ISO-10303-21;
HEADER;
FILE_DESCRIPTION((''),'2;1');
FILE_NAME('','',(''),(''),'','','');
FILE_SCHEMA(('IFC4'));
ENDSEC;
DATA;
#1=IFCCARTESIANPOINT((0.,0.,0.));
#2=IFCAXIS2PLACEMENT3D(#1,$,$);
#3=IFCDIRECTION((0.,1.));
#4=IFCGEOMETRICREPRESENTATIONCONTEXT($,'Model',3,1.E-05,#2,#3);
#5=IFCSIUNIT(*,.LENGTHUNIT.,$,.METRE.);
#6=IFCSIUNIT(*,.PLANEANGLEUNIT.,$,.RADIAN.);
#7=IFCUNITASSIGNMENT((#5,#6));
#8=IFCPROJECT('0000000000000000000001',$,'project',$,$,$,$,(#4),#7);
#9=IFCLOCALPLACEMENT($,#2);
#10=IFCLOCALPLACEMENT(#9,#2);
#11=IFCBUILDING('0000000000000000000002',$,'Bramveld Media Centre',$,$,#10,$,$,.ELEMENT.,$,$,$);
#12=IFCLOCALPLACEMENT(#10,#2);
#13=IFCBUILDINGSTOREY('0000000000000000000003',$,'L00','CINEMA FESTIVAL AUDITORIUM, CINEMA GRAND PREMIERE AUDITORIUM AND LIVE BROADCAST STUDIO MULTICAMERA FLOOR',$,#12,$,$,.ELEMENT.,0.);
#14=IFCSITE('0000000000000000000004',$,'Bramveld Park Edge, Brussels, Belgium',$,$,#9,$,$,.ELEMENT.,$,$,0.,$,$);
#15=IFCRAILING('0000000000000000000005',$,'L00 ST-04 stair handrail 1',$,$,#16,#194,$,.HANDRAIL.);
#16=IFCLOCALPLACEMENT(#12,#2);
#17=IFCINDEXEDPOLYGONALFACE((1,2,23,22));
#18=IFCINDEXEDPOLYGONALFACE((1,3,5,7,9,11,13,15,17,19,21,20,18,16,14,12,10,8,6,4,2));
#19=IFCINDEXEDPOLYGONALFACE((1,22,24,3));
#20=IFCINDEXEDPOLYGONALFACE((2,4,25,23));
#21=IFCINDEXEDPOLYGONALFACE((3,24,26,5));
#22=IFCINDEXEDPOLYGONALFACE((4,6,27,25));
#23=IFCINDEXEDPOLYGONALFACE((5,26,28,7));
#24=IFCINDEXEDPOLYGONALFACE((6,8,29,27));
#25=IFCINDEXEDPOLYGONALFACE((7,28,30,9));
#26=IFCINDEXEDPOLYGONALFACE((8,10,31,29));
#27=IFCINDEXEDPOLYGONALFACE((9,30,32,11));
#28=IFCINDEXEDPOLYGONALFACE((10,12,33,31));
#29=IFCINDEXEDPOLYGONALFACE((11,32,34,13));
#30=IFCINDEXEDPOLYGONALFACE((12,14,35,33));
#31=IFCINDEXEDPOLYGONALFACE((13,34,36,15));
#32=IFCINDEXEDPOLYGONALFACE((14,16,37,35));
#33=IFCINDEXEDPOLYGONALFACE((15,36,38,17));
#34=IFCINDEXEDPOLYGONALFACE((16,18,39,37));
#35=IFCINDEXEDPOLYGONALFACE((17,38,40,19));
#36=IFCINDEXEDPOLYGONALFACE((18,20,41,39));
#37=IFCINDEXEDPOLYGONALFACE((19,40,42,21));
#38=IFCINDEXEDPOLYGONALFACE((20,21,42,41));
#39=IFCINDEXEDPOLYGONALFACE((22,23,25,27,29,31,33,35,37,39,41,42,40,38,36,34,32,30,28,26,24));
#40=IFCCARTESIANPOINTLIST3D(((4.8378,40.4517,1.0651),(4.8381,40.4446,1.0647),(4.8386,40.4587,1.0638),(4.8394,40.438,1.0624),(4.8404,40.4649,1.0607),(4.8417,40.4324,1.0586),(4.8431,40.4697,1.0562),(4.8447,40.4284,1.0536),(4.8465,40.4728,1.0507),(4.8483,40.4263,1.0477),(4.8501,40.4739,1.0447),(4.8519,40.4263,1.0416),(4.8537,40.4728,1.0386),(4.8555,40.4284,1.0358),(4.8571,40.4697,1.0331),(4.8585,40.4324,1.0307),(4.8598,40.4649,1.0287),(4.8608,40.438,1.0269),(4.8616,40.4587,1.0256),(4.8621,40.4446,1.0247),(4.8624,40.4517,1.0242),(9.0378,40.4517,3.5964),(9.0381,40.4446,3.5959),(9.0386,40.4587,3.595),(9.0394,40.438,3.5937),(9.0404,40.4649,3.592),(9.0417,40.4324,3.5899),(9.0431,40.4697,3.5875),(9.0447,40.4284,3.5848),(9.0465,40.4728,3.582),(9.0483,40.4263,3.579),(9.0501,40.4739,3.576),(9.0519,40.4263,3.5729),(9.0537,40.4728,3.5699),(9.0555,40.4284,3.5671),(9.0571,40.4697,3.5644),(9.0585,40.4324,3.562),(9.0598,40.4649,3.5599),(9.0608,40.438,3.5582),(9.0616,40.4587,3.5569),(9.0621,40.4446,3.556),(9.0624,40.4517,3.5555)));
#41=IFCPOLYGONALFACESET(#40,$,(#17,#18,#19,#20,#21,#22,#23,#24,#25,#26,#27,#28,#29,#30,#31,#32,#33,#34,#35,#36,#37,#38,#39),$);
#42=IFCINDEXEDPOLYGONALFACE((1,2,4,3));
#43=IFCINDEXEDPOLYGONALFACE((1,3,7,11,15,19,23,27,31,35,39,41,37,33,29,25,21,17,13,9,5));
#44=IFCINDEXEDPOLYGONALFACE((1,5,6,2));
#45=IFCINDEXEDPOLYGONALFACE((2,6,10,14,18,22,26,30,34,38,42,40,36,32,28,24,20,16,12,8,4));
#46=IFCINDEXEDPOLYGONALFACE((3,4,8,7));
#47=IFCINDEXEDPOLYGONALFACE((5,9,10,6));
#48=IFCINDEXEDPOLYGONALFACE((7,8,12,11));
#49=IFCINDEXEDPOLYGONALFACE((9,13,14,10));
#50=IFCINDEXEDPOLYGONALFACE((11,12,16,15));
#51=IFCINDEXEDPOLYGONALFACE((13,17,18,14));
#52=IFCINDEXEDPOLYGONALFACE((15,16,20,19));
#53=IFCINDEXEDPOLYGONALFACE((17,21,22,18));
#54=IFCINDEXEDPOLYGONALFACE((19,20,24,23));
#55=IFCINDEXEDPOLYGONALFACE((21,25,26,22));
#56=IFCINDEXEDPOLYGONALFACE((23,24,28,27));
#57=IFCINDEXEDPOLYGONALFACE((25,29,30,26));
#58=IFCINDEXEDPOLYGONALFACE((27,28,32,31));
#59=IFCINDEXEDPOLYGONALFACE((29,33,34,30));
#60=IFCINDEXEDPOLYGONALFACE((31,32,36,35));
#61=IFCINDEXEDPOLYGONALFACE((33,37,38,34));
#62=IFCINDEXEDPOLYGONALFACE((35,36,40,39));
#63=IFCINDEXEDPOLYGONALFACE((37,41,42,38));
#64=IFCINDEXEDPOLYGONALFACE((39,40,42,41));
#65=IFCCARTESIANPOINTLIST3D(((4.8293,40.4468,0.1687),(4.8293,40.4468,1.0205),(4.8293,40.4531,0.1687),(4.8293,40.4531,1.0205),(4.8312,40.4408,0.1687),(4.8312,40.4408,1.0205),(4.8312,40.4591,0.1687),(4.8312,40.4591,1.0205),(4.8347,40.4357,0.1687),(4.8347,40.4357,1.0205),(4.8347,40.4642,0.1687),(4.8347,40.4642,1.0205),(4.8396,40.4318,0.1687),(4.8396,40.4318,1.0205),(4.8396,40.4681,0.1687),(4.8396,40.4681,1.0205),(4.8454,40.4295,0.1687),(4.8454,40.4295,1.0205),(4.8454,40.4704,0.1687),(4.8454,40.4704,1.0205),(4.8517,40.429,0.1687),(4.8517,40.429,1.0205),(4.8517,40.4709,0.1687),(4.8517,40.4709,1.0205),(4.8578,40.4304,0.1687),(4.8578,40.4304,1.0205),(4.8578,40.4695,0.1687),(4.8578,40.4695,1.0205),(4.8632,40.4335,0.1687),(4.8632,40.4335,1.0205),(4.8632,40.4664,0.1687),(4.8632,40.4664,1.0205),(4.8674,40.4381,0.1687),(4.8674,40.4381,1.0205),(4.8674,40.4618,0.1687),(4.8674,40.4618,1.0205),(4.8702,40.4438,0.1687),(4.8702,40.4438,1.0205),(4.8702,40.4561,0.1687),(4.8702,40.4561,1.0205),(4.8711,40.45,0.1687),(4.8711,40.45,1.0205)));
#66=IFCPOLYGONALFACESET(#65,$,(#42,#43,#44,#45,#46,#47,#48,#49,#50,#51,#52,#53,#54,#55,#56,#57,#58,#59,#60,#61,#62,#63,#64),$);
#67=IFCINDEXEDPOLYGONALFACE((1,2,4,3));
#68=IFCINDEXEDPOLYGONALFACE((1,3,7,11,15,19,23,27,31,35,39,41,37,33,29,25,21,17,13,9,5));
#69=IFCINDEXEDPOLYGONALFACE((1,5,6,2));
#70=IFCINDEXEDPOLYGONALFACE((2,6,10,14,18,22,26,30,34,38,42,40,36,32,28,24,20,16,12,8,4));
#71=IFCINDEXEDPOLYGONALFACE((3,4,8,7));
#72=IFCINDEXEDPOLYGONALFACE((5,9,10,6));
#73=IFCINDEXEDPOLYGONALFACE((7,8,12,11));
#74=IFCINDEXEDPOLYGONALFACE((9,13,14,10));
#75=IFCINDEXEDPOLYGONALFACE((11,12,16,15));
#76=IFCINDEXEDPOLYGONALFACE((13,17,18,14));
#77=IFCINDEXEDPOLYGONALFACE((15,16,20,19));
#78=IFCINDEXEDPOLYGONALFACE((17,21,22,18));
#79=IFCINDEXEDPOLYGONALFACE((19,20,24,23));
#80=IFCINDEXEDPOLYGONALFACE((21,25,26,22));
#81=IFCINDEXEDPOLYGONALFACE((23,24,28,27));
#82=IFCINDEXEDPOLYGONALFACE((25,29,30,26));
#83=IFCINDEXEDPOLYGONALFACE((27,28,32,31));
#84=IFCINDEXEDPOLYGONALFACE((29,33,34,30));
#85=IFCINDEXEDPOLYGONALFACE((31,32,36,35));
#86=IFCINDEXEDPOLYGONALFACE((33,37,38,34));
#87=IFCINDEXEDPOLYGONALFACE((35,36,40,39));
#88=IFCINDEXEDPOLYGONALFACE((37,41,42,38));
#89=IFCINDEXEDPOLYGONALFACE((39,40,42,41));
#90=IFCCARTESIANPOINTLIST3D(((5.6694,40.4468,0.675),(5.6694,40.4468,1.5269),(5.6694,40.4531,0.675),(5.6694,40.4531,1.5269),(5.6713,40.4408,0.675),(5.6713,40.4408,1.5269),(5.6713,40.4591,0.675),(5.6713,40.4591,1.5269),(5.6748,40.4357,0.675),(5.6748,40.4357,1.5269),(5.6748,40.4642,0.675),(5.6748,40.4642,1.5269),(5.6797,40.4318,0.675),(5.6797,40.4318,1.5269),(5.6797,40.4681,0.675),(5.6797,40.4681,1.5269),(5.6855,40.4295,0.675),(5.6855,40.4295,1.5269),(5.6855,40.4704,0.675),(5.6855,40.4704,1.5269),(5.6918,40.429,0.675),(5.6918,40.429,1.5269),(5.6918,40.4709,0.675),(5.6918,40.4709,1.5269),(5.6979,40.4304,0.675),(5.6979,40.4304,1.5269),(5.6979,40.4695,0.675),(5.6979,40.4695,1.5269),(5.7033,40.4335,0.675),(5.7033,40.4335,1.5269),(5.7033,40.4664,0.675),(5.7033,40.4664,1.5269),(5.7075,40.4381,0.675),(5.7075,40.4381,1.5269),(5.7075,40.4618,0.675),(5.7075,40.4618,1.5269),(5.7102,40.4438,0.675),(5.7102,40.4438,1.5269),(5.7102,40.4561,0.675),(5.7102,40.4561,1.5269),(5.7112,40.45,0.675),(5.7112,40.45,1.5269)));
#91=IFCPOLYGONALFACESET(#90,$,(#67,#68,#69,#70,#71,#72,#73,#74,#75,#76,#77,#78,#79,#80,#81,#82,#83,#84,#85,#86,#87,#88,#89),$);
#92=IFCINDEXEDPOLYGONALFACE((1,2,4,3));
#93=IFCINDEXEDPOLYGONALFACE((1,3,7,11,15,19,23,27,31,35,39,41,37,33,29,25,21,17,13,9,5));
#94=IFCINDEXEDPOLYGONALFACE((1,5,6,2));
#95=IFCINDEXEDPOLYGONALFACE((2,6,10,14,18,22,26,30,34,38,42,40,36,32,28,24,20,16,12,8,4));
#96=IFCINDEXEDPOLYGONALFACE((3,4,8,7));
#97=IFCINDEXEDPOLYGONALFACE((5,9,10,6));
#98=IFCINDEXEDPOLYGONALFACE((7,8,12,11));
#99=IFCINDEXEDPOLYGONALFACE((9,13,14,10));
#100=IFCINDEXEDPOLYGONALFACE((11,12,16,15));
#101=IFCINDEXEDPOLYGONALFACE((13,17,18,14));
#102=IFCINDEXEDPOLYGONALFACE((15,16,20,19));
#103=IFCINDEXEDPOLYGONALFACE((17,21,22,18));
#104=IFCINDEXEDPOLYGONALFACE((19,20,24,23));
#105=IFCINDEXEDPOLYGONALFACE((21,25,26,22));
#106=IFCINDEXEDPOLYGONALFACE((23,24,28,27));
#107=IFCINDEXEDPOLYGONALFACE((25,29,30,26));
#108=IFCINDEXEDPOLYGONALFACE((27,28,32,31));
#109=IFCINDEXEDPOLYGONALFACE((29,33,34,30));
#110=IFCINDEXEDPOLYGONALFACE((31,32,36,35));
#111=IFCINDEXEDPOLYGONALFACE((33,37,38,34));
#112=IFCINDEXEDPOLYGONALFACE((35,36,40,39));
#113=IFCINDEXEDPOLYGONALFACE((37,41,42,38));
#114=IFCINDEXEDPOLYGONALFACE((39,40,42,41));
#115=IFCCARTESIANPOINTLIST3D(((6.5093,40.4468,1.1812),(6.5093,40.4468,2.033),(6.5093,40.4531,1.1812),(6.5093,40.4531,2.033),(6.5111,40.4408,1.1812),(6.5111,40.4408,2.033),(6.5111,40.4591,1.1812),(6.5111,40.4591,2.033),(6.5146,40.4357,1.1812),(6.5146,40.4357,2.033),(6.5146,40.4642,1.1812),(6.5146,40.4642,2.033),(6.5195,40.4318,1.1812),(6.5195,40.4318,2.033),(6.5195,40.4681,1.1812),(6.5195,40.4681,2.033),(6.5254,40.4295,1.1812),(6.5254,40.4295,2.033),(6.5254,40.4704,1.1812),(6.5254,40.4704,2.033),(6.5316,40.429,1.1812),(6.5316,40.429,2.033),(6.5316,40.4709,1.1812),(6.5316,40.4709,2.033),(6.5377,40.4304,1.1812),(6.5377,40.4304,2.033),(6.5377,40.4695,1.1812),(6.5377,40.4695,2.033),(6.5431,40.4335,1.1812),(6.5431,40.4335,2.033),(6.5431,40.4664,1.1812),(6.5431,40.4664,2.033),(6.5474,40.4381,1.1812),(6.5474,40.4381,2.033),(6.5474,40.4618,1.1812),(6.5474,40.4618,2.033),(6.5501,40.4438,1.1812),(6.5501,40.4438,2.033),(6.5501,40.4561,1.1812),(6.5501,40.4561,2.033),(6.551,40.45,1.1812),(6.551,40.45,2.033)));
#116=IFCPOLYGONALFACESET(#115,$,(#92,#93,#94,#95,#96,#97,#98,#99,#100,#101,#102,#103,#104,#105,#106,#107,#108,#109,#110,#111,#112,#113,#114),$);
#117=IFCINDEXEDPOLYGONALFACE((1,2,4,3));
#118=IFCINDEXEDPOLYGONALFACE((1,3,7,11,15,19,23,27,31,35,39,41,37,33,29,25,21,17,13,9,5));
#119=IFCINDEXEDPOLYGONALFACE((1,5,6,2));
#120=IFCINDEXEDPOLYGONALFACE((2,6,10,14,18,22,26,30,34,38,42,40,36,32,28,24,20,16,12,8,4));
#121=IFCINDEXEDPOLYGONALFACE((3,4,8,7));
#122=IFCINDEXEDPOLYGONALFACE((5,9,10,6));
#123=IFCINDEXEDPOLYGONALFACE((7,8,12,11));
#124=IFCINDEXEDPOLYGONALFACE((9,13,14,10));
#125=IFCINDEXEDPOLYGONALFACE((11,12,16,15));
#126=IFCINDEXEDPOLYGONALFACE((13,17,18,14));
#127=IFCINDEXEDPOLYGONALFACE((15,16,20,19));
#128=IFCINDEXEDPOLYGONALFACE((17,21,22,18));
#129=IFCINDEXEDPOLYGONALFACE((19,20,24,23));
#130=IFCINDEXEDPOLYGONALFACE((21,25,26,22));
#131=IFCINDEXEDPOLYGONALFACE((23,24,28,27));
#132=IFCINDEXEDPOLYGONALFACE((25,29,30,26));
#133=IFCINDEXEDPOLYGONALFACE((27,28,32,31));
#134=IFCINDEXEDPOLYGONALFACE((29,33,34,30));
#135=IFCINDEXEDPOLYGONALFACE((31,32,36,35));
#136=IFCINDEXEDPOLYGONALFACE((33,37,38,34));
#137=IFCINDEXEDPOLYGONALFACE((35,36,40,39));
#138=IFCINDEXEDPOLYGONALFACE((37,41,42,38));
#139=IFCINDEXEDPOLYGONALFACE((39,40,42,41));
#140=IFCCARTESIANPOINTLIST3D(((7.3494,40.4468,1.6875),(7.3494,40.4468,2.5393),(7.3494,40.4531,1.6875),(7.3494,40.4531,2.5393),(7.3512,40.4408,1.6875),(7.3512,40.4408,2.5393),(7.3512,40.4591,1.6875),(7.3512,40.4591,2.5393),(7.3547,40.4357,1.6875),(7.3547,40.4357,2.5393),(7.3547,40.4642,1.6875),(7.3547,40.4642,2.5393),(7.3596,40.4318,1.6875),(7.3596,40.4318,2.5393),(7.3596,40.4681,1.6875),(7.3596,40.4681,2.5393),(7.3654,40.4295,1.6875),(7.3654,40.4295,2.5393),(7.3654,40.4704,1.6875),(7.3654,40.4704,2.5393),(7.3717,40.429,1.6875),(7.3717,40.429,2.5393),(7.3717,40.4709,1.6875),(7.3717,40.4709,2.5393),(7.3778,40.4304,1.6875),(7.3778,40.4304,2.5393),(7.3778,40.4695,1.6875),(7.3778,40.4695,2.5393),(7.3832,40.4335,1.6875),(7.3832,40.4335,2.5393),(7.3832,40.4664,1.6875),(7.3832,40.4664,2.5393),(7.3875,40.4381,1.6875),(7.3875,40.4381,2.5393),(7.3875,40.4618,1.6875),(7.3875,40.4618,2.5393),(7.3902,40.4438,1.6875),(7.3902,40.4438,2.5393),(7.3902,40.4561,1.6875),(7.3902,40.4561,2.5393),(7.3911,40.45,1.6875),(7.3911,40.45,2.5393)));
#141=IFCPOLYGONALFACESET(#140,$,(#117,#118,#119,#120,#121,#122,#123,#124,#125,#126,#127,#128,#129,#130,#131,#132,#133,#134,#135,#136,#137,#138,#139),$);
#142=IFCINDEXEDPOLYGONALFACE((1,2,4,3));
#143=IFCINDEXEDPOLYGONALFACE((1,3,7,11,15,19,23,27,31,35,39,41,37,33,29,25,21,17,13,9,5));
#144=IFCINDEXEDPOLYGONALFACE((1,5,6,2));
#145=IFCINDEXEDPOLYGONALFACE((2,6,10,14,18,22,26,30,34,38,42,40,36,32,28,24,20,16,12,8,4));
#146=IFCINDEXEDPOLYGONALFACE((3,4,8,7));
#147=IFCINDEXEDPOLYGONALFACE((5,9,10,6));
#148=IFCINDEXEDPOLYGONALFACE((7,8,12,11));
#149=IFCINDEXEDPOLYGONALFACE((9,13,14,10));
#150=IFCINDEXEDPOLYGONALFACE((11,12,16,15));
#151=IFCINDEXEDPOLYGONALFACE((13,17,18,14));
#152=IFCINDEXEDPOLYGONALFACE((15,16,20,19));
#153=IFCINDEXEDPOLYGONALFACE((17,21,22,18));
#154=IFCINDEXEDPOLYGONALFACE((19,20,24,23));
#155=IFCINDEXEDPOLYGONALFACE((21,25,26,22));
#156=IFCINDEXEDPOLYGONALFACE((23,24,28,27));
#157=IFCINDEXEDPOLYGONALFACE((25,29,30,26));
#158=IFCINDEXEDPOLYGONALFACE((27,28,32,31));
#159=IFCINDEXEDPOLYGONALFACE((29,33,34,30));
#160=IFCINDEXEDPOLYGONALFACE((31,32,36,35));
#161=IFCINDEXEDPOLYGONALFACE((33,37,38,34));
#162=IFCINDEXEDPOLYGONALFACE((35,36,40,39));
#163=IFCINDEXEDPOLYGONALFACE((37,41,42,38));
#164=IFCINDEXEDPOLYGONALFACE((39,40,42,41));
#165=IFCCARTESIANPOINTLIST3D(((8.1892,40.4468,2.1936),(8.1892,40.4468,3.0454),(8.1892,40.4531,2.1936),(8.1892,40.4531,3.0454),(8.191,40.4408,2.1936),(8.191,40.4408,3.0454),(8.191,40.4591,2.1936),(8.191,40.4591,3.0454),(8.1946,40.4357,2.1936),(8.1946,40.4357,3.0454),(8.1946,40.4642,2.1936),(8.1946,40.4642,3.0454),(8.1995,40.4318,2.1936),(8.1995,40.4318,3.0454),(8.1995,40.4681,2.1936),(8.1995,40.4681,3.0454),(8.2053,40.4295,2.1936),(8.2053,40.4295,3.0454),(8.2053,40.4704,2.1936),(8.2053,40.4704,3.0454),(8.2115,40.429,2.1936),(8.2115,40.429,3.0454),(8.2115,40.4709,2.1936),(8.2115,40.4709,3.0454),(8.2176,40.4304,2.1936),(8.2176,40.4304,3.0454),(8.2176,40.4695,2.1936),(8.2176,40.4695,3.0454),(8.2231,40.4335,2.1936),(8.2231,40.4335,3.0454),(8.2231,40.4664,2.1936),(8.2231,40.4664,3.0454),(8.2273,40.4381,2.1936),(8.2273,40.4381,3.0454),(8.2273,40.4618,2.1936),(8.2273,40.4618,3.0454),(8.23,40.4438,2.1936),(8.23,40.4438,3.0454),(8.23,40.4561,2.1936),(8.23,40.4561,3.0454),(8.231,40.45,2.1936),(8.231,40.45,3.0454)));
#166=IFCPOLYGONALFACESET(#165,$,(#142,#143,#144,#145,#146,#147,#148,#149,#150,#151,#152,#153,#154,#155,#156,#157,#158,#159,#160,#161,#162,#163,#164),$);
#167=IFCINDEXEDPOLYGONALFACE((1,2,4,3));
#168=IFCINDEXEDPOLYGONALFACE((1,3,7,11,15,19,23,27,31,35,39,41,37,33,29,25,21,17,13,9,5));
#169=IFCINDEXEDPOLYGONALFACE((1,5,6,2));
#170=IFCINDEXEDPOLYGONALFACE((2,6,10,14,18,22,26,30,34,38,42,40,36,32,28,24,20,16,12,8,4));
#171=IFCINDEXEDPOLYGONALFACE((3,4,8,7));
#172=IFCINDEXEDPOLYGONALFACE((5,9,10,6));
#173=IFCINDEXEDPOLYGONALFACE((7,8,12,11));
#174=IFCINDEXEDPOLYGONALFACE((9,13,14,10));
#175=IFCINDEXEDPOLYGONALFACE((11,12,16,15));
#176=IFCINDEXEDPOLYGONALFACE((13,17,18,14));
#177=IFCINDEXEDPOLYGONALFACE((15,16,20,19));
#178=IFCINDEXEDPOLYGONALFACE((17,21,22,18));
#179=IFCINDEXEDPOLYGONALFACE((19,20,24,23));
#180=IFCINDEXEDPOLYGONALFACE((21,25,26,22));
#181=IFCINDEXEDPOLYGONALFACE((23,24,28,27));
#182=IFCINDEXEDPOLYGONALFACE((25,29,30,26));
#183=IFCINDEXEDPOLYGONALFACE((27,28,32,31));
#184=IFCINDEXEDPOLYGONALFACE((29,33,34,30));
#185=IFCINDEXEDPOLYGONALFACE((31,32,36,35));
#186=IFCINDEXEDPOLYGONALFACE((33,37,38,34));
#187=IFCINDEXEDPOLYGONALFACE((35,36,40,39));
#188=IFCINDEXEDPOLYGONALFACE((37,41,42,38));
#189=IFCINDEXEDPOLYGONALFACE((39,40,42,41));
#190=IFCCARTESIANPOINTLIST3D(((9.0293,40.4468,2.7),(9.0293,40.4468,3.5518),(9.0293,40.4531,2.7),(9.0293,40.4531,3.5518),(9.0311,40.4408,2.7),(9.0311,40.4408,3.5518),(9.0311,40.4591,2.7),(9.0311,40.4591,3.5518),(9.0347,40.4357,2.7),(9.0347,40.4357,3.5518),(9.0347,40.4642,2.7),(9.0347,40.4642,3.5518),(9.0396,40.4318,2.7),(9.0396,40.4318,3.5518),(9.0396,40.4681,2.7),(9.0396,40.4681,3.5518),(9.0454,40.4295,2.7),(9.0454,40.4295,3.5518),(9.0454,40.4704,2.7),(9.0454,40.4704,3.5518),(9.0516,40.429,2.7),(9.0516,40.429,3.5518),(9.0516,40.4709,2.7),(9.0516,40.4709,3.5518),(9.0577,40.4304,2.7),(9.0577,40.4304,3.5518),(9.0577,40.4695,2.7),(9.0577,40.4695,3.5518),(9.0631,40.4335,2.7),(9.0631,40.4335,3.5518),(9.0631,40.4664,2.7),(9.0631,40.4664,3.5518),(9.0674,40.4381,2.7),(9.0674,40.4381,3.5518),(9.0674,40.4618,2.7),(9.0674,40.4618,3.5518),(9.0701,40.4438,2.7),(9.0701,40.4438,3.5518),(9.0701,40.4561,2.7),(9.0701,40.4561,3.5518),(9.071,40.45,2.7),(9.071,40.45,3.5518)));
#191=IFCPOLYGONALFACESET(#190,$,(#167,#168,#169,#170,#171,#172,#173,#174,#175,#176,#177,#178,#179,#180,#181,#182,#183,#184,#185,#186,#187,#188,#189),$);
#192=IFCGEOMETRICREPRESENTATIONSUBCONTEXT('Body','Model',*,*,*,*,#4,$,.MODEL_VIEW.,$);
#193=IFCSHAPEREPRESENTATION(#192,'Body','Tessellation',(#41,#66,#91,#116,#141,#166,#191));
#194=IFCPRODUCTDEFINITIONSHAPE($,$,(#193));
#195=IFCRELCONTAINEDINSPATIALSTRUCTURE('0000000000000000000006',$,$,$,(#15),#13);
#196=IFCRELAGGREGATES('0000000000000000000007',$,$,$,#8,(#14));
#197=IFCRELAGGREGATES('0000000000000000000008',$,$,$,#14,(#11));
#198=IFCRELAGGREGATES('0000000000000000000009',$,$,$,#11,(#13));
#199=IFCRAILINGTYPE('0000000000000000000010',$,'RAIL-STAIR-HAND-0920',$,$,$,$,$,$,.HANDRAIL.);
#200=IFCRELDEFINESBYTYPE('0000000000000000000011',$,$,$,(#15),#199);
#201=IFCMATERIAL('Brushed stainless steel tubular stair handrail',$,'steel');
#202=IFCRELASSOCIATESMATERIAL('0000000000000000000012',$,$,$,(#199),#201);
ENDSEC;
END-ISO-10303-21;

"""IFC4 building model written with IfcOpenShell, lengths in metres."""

from ifc_helpers import new_model, si_unit, direction, frame, origin, origin_2d, place, context, subcontext, project, spatial, circle, extrude, material, type_object, element, save


model = new_model("IFC4")

# Units and contexts
model_context = context("Model", 3, precision=1e-05, world=origin(), true_north=direction((0.0, 1.0)))
body_context = subcontext(model_context, "Body", "Model", "MODEL_VIEW")
ifc_project = project(units=[si_unit("LENGTHUNIT", "METRE"), si_unit("PLANEANGLEUNIT", "RADIAN")], contexts=[model_context])

# Site, building, storey
site_placement = place(None, origin())
site = spatial("IfcSite", under=ifc_project, at=site_placement, Name="Bramveld Park Edge, Brussels, Belgium", CompositionType="ELEMENT", RefElevation=0.0)
building_placement = place(site_placement, origin())
building = spatial("IfcBuilding", under=site, at=building_placement, Name="Bramveld Media Centre", CompositionType="ELEMENT")
storey_placement = place(building_placement, origin())
storey = spatial("IfcBuildingStorey", under=building, at=storey_placement, Name="L00", Description="CINEMA FESTIVAL AUDITORIUM, CINEMA GRAND PREMIERE AUDITORIUM AND LIVE BROADCAST STUDIO MULTICAMERA FLOOR", CompositionType="ELEMENT", Elevation=0.0)

# Railing
ifc_material_1 = material(Name="Brushed stainless steel tubular stair handrail", Category="steel")
railing_type_1 = type_object("IfcRailingType", Name="RAIL-STAIR-HAND-0920", PredefinedType="HANDRAIL", material=ifc_material_1)
railing_1_placement = place(storey_placement, frame((4.8501, 40.45, 0.1687)))
element("IfcRailing", 1, at=railing_1_placement, inside=storey, type_object=railing_type_1, Name="L00 ST-04 stair handrail 1", PredefinedType="HANDRAIL", context=body_context, shape_type="SweptSolid", body=[
    extrude(circle(Radius=0.0239, at=origin_2d()), frame((0.0, 0.0, 0.876), z_axis=(0.856476, 0.0, 0.516186), x_axis=(0.0, 1.0, 0.0)), (0.0, 0.0, 1.0), 4.9038),
    extrude(circle(Radius=0.021, at=origin_2d()), origin(), (0.0, 0.0, 1.0), 0.8518),
    extrude(circle(Radius=0.021, at=origin_2d()), frame((0.8401, 0.0, 0.5063)), (0.0, 0.0, 1.0), 0.8518),
    extrude(circle(Radius=0.021, at=origin_2d()), frame((1.6799, 0.0, 1.0125)), (0.0, 0.0, 1.0), 0.8518),
    extrude(circle(Radius=0.021, at=origin_2d()), frame((2.52, 0.0, 1.5188)), (0.0, 0.0, 1.0), 0.8518),
    extrude(circle(Radius=0.021, at=origin_2d()), frame((3.3599, 0.0, 2.0249)), (0.0, 0.0, 1.0), 0.8518),
    extrude(circle(Radius=0.021, at=origin_2d()), frame((4.2, 0.0, 2.5312)), (0.0, 0.0, 1.0), 0.8518),
])

save(model, "model.ifc")
